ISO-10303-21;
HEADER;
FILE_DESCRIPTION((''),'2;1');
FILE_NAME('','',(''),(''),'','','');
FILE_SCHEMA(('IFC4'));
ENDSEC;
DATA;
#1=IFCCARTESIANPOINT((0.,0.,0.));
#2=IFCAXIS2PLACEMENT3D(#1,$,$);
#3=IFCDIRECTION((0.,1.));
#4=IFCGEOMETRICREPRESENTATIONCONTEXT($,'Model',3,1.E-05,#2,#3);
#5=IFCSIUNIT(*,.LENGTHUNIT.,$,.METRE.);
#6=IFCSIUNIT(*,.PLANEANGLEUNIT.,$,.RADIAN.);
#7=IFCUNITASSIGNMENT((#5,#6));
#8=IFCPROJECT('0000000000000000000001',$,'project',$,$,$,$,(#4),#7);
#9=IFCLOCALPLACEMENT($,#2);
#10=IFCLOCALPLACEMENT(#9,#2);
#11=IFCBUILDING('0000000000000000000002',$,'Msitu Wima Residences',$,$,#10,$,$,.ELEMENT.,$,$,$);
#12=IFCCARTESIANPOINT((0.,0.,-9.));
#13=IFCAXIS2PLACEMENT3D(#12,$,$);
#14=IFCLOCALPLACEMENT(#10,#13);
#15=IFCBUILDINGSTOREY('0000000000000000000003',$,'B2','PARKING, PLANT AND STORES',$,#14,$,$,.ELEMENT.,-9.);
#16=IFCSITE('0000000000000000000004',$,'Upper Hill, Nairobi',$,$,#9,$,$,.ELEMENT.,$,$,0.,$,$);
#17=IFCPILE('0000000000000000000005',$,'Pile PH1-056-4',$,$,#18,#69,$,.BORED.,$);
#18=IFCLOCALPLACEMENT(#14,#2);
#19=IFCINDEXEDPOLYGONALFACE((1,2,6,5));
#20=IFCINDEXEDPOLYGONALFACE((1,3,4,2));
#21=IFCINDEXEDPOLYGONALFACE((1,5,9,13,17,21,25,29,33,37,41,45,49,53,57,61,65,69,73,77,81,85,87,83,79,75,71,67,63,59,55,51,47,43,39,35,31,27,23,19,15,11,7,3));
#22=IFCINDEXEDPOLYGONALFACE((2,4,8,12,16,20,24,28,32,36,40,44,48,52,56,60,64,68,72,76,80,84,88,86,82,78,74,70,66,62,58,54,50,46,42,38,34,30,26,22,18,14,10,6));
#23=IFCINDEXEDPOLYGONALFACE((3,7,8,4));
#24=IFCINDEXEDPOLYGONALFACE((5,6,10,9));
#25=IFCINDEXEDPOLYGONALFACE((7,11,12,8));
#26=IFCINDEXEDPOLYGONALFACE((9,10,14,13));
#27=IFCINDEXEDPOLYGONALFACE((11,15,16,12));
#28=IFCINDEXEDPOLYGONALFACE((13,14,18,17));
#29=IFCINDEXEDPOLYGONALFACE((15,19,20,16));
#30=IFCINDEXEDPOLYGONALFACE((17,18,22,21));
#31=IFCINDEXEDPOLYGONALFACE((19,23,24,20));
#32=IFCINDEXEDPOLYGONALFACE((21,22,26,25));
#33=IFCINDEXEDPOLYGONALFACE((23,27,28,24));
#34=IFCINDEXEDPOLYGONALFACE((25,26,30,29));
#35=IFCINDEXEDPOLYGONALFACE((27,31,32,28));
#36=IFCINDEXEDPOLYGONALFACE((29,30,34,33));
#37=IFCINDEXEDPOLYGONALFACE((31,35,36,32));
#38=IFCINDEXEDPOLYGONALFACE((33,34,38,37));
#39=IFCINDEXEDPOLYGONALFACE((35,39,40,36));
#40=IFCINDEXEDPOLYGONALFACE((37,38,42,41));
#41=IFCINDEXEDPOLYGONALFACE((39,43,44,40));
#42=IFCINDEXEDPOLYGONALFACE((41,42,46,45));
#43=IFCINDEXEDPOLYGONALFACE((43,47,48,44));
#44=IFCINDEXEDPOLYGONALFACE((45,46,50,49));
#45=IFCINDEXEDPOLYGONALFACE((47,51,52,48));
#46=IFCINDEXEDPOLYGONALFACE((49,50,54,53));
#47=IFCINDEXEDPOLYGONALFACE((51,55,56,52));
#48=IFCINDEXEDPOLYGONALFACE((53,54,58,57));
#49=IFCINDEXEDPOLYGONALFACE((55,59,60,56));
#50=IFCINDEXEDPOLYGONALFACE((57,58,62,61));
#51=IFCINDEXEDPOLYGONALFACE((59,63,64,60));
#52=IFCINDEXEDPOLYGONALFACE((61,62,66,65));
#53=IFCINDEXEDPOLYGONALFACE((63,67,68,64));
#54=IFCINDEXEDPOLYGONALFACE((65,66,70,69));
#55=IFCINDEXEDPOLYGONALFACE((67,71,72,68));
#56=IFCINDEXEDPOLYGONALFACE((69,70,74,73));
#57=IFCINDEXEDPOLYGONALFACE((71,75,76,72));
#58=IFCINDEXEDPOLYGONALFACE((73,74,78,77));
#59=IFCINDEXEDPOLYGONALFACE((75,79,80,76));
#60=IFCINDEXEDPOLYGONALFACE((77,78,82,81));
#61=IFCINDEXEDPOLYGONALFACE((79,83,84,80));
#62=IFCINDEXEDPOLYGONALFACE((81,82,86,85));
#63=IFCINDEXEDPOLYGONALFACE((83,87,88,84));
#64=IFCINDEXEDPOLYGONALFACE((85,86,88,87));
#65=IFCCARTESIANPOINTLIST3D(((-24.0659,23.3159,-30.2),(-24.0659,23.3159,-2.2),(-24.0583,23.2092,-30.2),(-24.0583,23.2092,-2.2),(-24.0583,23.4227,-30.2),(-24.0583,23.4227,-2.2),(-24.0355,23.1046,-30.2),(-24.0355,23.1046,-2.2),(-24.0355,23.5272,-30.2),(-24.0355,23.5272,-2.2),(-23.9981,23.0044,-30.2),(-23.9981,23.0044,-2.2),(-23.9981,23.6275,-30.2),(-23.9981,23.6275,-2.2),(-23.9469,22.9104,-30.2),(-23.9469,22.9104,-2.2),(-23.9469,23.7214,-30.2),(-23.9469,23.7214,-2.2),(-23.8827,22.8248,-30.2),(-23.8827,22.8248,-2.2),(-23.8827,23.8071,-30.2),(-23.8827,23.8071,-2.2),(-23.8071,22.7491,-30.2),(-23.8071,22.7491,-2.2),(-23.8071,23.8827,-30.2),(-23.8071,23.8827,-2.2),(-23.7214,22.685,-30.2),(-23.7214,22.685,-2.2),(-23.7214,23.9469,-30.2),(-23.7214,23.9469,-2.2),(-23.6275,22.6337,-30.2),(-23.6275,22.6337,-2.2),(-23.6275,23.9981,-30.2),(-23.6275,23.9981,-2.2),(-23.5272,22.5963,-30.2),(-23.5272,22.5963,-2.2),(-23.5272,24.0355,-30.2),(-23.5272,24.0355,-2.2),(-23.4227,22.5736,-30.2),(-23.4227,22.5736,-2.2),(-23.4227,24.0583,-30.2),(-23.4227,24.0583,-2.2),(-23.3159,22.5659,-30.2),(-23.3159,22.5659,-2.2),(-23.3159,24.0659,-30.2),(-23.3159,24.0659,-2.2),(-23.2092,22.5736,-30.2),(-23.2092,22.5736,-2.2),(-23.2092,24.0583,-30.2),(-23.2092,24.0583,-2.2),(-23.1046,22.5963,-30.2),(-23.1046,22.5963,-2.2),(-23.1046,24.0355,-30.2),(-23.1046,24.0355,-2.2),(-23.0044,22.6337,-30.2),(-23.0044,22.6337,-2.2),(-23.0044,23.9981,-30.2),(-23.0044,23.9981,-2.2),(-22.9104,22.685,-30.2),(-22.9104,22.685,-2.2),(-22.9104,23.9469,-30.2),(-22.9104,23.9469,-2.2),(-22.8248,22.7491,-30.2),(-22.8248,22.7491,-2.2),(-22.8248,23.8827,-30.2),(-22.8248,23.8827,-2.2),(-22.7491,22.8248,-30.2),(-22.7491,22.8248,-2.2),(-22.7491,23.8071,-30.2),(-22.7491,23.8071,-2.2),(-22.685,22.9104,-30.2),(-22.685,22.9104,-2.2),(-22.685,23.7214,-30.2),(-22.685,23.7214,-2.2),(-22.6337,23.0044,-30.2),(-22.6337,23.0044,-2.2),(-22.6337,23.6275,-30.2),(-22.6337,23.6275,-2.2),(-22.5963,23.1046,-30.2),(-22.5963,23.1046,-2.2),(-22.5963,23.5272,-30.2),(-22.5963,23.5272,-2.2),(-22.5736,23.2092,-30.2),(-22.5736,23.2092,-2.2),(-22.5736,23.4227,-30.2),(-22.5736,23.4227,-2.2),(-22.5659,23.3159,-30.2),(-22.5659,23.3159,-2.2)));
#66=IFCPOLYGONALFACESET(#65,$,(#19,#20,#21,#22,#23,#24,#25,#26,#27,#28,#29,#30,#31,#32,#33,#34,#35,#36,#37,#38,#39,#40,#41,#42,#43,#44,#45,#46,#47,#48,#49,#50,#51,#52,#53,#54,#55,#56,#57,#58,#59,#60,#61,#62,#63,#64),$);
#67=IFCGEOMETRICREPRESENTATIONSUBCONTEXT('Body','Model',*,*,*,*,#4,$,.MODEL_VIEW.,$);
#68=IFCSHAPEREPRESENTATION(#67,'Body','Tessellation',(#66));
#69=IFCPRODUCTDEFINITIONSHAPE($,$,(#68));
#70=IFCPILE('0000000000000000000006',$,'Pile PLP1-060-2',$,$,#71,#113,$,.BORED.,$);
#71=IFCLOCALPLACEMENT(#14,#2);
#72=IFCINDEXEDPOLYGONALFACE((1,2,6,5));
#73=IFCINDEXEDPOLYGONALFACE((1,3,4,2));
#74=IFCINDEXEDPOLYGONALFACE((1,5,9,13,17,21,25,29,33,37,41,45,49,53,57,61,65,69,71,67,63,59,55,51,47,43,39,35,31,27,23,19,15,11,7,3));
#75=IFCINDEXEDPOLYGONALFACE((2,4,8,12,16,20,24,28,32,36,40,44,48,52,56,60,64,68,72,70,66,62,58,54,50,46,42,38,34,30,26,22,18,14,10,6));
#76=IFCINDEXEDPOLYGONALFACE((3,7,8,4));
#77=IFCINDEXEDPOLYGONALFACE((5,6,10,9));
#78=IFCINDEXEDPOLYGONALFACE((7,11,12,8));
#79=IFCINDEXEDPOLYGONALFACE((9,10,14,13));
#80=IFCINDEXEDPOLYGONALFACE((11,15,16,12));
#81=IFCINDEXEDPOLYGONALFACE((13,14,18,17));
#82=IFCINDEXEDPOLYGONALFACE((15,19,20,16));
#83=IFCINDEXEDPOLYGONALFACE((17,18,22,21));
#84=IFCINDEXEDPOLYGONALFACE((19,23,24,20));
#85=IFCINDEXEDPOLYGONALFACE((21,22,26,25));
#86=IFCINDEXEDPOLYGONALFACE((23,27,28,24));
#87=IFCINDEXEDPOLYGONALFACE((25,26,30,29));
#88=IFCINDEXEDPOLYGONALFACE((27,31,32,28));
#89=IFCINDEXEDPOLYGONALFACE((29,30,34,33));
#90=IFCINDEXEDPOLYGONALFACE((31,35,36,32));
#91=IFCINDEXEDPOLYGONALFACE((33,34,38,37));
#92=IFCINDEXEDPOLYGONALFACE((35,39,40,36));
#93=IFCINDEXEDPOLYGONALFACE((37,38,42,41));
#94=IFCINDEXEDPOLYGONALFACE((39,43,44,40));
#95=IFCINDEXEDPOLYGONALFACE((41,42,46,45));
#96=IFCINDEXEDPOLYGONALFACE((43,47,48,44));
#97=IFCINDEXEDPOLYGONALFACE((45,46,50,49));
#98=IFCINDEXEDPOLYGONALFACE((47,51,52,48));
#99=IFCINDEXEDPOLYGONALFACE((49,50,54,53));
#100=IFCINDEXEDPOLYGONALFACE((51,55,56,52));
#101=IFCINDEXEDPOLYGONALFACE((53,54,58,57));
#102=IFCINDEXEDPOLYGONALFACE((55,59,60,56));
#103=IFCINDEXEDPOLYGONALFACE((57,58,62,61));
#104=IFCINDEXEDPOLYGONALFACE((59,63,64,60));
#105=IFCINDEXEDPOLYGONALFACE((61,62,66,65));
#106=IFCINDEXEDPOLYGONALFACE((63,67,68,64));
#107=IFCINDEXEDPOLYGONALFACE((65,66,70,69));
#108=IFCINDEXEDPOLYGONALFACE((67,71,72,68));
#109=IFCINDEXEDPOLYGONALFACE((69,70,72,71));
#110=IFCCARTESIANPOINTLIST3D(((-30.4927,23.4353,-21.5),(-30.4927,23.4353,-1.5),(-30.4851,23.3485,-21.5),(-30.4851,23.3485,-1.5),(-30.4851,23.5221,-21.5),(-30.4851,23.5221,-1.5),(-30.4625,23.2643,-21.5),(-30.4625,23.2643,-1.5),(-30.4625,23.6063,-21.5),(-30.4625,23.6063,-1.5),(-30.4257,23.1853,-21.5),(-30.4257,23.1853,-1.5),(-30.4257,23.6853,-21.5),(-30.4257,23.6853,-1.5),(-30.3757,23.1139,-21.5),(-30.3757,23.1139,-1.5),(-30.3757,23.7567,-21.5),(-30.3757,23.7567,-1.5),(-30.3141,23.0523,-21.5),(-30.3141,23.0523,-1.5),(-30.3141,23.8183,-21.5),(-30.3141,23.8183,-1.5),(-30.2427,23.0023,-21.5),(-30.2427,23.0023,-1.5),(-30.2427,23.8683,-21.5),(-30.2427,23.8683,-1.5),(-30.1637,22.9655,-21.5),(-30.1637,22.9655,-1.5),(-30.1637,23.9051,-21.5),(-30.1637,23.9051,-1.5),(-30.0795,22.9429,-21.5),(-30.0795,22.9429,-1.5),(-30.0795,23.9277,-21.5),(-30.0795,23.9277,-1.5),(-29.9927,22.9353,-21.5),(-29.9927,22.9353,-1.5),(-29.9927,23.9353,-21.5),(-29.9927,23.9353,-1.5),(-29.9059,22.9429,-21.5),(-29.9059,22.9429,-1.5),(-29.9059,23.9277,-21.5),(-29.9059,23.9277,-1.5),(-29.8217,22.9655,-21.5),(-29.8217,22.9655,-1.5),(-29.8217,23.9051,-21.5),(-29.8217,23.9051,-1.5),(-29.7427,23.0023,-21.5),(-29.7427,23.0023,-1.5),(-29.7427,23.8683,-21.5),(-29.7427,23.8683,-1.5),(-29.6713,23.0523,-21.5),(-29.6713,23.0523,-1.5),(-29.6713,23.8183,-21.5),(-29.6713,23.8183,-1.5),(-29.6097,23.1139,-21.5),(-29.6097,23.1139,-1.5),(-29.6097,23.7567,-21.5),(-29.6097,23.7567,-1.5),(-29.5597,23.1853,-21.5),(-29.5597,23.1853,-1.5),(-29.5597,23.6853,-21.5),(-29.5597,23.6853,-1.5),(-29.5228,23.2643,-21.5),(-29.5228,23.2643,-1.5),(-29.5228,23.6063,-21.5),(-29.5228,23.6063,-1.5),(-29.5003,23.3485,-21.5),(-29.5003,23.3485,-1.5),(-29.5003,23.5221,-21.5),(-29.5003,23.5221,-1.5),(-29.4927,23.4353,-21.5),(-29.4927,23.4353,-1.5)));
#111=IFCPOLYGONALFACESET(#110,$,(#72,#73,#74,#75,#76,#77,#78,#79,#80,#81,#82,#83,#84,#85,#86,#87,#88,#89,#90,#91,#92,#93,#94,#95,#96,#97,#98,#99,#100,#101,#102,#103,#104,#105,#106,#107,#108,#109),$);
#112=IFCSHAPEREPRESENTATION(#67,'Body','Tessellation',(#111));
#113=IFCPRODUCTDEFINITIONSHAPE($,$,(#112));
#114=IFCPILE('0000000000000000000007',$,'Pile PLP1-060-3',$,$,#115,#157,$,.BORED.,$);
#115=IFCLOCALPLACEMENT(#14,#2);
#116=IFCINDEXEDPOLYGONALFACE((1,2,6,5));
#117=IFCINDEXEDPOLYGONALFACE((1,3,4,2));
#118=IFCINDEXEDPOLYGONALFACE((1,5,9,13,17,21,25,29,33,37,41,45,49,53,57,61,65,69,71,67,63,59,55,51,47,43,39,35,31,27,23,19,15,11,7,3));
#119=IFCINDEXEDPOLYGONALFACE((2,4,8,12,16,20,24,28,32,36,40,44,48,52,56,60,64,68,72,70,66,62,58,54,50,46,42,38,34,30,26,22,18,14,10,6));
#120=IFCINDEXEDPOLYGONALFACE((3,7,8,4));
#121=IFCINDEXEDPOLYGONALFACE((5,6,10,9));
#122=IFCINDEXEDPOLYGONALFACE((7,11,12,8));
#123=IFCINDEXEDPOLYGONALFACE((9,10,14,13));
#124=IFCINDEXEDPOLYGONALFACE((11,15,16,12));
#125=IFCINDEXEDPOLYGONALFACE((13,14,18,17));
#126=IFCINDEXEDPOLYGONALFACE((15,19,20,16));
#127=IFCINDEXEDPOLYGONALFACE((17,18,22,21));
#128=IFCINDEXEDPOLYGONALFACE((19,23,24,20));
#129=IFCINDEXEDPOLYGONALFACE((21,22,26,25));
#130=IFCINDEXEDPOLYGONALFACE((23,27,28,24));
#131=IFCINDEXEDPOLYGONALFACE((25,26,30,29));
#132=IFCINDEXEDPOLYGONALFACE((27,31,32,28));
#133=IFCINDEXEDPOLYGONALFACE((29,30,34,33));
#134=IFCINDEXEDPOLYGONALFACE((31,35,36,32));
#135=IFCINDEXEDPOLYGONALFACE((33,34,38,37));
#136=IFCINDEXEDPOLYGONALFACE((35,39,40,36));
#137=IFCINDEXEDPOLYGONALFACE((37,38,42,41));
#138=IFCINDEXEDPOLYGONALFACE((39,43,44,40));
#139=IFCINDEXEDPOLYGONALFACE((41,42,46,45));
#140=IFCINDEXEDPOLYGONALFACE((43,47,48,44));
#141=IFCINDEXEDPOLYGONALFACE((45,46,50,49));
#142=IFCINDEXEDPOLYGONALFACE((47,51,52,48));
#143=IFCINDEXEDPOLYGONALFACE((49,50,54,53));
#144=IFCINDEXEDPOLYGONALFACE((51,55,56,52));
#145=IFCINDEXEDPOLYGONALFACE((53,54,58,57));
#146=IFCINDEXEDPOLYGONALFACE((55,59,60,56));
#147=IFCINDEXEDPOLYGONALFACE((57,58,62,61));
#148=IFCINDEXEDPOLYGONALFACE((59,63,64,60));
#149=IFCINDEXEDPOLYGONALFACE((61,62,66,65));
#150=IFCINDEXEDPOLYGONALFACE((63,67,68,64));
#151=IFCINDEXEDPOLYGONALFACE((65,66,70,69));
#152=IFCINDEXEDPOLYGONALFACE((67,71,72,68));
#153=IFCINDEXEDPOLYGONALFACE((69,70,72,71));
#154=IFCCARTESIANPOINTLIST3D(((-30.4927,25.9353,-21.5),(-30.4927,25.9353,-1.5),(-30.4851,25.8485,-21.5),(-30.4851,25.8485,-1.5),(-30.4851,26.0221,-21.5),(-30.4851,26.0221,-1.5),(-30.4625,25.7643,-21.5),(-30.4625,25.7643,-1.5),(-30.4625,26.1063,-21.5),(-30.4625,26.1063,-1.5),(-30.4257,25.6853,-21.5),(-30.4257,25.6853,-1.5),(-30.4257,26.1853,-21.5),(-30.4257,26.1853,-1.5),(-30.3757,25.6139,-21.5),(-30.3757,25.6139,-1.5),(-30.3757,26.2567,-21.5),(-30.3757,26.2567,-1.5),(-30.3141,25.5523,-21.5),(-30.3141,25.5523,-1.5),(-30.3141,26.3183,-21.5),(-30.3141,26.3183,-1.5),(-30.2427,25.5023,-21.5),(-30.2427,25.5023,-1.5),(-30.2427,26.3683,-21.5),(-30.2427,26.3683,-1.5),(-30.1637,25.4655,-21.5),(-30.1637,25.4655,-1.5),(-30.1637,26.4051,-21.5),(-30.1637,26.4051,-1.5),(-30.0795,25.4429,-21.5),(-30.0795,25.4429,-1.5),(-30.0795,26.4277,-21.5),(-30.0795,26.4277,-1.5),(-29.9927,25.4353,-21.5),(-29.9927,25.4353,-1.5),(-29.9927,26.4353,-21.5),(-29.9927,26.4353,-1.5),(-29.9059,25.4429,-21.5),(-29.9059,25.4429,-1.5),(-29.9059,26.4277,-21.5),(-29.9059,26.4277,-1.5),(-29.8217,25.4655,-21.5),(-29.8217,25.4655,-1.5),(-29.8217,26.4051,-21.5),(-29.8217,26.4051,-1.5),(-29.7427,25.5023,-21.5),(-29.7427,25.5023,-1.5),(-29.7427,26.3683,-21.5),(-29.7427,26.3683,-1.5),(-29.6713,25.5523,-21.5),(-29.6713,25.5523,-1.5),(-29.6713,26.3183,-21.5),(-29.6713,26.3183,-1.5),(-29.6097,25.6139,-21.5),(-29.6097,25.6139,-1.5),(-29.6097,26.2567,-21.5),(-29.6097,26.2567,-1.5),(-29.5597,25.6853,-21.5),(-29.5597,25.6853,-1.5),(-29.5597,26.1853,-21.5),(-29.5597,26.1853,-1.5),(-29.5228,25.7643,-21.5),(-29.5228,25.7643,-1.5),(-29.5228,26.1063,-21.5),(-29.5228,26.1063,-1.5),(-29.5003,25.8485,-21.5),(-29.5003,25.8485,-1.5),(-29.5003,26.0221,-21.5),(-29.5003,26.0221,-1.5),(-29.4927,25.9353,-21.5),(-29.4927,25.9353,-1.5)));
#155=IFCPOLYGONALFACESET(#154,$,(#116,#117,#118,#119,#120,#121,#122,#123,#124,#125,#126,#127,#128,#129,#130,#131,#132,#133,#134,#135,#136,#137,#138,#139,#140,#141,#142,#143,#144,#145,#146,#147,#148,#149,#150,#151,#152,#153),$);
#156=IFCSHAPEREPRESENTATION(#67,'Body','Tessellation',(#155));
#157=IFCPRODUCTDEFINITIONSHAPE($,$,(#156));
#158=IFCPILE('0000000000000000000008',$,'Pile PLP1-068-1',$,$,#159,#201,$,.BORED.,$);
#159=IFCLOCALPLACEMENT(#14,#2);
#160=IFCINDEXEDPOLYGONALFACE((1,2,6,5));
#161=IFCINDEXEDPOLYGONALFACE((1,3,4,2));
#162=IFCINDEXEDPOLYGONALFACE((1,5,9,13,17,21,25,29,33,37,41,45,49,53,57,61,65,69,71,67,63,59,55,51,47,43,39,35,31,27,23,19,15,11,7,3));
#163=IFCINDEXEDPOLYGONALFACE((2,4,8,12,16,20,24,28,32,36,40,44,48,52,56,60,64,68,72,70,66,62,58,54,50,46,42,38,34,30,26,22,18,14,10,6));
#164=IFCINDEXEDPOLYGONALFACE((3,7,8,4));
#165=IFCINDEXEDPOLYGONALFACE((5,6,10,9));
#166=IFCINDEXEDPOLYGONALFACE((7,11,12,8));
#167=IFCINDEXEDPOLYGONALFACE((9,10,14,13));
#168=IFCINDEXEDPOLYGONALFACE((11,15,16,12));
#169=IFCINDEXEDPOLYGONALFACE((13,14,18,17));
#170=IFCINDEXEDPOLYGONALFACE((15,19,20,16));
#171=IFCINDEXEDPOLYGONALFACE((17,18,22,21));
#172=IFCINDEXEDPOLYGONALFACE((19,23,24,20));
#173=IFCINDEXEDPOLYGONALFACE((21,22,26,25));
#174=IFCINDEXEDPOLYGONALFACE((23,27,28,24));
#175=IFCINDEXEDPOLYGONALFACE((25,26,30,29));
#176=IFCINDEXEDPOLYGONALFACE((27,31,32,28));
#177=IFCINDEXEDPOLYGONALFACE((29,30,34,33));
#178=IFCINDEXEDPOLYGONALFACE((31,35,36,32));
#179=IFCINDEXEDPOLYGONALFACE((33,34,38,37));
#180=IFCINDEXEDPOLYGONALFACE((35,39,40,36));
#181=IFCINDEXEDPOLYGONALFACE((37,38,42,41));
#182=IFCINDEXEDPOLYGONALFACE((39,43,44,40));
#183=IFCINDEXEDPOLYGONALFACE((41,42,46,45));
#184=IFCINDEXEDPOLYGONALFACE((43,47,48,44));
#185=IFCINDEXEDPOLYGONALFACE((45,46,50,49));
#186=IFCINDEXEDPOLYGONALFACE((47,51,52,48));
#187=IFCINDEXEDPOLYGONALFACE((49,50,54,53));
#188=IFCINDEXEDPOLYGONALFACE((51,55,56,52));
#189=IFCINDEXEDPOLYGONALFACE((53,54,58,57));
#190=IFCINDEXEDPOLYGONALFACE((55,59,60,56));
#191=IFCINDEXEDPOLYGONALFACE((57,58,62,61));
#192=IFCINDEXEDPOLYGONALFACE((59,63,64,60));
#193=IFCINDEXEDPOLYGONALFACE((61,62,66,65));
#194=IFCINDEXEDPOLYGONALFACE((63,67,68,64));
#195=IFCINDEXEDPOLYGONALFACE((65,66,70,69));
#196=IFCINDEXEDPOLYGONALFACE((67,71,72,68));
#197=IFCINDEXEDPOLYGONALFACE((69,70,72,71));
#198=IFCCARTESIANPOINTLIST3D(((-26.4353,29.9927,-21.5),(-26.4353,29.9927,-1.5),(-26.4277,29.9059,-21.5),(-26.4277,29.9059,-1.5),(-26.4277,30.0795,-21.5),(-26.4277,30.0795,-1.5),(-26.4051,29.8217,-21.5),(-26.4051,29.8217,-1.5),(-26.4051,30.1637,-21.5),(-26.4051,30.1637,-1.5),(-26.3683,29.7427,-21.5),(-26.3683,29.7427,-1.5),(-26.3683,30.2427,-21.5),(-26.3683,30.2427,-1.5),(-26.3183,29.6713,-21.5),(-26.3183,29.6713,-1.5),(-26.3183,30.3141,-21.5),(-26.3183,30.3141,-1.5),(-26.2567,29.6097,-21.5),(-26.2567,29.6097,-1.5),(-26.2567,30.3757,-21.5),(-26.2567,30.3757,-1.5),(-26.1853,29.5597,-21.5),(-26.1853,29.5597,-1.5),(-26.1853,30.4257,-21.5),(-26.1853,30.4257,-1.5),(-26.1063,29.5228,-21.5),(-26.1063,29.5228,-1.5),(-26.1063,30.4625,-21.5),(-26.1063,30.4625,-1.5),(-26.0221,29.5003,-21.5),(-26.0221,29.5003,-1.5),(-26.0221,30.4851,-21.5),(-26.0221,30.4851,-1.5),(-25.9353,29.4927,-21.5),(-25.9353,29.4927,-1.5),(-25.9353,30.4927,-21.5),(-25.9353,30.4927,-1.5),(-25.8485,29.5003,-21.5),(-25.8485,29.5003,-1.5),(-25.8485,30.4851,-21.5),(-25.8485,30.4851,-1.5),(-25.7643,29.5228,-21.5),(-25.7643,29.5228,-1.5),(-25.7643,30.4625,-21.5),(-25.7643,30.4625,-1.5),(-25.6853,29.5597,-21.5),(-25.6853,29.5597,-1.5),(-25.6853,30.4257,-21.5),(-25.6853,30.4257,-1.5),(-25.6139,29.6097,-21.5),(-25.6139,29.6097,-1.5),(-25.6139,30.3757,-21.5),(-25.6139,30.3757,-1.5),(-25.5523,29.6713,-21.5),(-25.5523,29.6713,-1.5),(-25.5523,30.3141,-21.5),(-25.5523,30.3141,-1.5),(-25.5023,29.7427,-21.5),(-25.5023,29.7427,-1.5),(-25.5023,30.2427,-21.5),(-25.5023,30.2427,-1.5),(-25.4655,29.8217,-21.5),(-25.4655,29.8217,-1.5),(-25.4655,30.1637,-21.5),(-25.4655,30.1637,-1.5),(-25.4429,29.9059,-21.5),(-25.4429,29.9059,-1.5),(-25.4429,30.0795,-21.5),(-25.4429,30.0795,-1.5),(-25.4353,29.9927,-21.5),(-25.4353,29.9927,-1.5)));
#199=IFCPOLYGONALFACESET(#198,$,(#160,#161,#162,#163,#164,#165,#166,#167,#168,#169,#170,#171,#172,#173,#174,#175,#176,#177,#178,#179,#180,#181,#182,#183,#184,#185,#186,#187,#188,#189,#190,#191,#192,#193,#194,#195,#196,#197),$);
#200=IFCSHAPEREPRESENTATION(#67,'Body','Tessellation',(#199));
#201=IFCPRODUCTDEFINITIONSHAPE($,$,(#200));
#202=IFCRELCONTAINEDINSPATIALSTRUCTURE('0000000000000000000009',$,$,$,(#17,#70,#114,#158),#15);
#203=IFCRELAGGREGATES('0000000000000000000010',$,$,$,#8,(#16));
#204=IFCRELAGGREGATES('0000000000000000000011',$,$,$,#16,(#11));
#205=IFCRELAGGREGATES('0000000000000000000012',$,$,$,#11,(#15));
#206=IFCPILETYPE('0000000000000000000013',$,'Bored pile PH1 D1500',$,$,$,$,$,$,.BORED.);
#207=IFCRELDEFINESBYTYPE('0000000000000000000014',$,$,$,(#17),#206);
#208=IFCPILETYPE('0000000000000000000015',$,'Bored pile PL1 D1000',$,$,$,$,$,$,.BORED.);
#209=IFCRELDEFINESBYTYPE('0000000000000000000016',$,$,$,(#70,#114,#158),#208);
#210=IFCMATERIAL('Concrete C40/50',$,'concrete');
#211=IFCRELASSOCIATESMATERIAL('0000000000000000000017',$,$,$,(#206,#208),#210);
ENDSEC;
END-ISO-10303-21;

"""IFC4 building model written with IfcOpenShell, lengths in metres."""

from ifc_helpers import new_model, si_unit, direction, frame, origin, origin_2d, place, context, subcontext, project, spatial, circle, extrude, material, type_object, element, save


model = new_model("IFC4")

# Units and contexts
model_context = context("Model", 3, precision=1e-05, world=origin(), true_north=direction((0.0, 1.0)))
body_context = subcontext(model_context, "Body", "Model", "MODEL_VIEW")
ifc_project = project(units=[si_unit("LENGTHUNIT", "METRE"), si_unit("PLANEANGLEUNIT", "RADIAN")], contexts=[model_context])

# Site, building, storey
site_placement = place(None, origin())
site = spatial("IfcSite", under=ifc_project, at=site_placement, Name="Upper Hill, Nairobi", CompositionType="ELEMENT", RefElevation=0.0)
building_placement = place(site_placement, origin())
building = spatial("IfcBuilding", under=site, at=building_placement, Name="Msitu Wima Residences", CompositionType="ELEMENT")
storey_placement = place(building_placement, frame((0.0, 0.0, -9.0)))
storey = spatial("IfcBuildingStorey", under=building, at=storey_placement, Name="B2", Description="PARKING, PLANT AND STORES", CompositionType="ELEMENT", Elevation=-9.0)

# Piles
ifc_material_1 = material(Name="Concrete C40/50", Category="concrete")
pile_type_1 = type_object("IfcPileType", Name="Bored pile PH1 D1500", PredefinedType="BORED", material=ifc_material_1)
pile_placement = place(storey_placement, frame((-23.3159, 23.3159, -2.2), z_axis=(0.0, 0.0, -1.0), x_axis=(1.0, 0.0, 0.0)))
element("IfcPile", 1, at=pile_placement, inside=storey, type_object=pile_type_1, Name="Pile PH1-056-4", PredefinedType="BORED", context=body_context, shape_type="SweptSolid", body=[
    extrude(circle(Radius=0.75, at=origin_2d()), origin(), (0.0, 0.0, 1.0), 28.0),
])
pile_type_2 = type_object("IfcPileType", Name="Bored pile PL1 D1000", PredefinedType="BORED", material=ifc_material_1)
for number, where, z_axis, x_axis, name in (
    (2, (-29.9927, 23.4353, -1.5), (0.0, 0.0, -1.0), (1.0, 0.0, 0.0), "Pile PLP1-060-2"),
    (3, (-29.9927, 25.9353, -1.5), (0.0, 0.0, -1.0), (1.0, 0.0, 0.0), "Pile PLP1-060-3"),
    (4, (-25.9353, 29.9927, -1.5), (0.0, 0.0, -1.0), (1.0, 0.0, 0.0), "Pile PLP1-068-1"),
):
    element("IfcPile", number, at=place(storey_placement, frame(where, z_axis=z_axis, x_axis=x_axis)), inside=storey, type_object=pile_type_2, Name=name, PredefinedType="BORED", context=body_context, shape_type="SweptSolid", body=[
        extrude(circle(Radius=0.5, at=origin_2d()), origin(), (0.0, 0.0, 1.0), 20.0),
    ])

save(model, "model.ifc")
